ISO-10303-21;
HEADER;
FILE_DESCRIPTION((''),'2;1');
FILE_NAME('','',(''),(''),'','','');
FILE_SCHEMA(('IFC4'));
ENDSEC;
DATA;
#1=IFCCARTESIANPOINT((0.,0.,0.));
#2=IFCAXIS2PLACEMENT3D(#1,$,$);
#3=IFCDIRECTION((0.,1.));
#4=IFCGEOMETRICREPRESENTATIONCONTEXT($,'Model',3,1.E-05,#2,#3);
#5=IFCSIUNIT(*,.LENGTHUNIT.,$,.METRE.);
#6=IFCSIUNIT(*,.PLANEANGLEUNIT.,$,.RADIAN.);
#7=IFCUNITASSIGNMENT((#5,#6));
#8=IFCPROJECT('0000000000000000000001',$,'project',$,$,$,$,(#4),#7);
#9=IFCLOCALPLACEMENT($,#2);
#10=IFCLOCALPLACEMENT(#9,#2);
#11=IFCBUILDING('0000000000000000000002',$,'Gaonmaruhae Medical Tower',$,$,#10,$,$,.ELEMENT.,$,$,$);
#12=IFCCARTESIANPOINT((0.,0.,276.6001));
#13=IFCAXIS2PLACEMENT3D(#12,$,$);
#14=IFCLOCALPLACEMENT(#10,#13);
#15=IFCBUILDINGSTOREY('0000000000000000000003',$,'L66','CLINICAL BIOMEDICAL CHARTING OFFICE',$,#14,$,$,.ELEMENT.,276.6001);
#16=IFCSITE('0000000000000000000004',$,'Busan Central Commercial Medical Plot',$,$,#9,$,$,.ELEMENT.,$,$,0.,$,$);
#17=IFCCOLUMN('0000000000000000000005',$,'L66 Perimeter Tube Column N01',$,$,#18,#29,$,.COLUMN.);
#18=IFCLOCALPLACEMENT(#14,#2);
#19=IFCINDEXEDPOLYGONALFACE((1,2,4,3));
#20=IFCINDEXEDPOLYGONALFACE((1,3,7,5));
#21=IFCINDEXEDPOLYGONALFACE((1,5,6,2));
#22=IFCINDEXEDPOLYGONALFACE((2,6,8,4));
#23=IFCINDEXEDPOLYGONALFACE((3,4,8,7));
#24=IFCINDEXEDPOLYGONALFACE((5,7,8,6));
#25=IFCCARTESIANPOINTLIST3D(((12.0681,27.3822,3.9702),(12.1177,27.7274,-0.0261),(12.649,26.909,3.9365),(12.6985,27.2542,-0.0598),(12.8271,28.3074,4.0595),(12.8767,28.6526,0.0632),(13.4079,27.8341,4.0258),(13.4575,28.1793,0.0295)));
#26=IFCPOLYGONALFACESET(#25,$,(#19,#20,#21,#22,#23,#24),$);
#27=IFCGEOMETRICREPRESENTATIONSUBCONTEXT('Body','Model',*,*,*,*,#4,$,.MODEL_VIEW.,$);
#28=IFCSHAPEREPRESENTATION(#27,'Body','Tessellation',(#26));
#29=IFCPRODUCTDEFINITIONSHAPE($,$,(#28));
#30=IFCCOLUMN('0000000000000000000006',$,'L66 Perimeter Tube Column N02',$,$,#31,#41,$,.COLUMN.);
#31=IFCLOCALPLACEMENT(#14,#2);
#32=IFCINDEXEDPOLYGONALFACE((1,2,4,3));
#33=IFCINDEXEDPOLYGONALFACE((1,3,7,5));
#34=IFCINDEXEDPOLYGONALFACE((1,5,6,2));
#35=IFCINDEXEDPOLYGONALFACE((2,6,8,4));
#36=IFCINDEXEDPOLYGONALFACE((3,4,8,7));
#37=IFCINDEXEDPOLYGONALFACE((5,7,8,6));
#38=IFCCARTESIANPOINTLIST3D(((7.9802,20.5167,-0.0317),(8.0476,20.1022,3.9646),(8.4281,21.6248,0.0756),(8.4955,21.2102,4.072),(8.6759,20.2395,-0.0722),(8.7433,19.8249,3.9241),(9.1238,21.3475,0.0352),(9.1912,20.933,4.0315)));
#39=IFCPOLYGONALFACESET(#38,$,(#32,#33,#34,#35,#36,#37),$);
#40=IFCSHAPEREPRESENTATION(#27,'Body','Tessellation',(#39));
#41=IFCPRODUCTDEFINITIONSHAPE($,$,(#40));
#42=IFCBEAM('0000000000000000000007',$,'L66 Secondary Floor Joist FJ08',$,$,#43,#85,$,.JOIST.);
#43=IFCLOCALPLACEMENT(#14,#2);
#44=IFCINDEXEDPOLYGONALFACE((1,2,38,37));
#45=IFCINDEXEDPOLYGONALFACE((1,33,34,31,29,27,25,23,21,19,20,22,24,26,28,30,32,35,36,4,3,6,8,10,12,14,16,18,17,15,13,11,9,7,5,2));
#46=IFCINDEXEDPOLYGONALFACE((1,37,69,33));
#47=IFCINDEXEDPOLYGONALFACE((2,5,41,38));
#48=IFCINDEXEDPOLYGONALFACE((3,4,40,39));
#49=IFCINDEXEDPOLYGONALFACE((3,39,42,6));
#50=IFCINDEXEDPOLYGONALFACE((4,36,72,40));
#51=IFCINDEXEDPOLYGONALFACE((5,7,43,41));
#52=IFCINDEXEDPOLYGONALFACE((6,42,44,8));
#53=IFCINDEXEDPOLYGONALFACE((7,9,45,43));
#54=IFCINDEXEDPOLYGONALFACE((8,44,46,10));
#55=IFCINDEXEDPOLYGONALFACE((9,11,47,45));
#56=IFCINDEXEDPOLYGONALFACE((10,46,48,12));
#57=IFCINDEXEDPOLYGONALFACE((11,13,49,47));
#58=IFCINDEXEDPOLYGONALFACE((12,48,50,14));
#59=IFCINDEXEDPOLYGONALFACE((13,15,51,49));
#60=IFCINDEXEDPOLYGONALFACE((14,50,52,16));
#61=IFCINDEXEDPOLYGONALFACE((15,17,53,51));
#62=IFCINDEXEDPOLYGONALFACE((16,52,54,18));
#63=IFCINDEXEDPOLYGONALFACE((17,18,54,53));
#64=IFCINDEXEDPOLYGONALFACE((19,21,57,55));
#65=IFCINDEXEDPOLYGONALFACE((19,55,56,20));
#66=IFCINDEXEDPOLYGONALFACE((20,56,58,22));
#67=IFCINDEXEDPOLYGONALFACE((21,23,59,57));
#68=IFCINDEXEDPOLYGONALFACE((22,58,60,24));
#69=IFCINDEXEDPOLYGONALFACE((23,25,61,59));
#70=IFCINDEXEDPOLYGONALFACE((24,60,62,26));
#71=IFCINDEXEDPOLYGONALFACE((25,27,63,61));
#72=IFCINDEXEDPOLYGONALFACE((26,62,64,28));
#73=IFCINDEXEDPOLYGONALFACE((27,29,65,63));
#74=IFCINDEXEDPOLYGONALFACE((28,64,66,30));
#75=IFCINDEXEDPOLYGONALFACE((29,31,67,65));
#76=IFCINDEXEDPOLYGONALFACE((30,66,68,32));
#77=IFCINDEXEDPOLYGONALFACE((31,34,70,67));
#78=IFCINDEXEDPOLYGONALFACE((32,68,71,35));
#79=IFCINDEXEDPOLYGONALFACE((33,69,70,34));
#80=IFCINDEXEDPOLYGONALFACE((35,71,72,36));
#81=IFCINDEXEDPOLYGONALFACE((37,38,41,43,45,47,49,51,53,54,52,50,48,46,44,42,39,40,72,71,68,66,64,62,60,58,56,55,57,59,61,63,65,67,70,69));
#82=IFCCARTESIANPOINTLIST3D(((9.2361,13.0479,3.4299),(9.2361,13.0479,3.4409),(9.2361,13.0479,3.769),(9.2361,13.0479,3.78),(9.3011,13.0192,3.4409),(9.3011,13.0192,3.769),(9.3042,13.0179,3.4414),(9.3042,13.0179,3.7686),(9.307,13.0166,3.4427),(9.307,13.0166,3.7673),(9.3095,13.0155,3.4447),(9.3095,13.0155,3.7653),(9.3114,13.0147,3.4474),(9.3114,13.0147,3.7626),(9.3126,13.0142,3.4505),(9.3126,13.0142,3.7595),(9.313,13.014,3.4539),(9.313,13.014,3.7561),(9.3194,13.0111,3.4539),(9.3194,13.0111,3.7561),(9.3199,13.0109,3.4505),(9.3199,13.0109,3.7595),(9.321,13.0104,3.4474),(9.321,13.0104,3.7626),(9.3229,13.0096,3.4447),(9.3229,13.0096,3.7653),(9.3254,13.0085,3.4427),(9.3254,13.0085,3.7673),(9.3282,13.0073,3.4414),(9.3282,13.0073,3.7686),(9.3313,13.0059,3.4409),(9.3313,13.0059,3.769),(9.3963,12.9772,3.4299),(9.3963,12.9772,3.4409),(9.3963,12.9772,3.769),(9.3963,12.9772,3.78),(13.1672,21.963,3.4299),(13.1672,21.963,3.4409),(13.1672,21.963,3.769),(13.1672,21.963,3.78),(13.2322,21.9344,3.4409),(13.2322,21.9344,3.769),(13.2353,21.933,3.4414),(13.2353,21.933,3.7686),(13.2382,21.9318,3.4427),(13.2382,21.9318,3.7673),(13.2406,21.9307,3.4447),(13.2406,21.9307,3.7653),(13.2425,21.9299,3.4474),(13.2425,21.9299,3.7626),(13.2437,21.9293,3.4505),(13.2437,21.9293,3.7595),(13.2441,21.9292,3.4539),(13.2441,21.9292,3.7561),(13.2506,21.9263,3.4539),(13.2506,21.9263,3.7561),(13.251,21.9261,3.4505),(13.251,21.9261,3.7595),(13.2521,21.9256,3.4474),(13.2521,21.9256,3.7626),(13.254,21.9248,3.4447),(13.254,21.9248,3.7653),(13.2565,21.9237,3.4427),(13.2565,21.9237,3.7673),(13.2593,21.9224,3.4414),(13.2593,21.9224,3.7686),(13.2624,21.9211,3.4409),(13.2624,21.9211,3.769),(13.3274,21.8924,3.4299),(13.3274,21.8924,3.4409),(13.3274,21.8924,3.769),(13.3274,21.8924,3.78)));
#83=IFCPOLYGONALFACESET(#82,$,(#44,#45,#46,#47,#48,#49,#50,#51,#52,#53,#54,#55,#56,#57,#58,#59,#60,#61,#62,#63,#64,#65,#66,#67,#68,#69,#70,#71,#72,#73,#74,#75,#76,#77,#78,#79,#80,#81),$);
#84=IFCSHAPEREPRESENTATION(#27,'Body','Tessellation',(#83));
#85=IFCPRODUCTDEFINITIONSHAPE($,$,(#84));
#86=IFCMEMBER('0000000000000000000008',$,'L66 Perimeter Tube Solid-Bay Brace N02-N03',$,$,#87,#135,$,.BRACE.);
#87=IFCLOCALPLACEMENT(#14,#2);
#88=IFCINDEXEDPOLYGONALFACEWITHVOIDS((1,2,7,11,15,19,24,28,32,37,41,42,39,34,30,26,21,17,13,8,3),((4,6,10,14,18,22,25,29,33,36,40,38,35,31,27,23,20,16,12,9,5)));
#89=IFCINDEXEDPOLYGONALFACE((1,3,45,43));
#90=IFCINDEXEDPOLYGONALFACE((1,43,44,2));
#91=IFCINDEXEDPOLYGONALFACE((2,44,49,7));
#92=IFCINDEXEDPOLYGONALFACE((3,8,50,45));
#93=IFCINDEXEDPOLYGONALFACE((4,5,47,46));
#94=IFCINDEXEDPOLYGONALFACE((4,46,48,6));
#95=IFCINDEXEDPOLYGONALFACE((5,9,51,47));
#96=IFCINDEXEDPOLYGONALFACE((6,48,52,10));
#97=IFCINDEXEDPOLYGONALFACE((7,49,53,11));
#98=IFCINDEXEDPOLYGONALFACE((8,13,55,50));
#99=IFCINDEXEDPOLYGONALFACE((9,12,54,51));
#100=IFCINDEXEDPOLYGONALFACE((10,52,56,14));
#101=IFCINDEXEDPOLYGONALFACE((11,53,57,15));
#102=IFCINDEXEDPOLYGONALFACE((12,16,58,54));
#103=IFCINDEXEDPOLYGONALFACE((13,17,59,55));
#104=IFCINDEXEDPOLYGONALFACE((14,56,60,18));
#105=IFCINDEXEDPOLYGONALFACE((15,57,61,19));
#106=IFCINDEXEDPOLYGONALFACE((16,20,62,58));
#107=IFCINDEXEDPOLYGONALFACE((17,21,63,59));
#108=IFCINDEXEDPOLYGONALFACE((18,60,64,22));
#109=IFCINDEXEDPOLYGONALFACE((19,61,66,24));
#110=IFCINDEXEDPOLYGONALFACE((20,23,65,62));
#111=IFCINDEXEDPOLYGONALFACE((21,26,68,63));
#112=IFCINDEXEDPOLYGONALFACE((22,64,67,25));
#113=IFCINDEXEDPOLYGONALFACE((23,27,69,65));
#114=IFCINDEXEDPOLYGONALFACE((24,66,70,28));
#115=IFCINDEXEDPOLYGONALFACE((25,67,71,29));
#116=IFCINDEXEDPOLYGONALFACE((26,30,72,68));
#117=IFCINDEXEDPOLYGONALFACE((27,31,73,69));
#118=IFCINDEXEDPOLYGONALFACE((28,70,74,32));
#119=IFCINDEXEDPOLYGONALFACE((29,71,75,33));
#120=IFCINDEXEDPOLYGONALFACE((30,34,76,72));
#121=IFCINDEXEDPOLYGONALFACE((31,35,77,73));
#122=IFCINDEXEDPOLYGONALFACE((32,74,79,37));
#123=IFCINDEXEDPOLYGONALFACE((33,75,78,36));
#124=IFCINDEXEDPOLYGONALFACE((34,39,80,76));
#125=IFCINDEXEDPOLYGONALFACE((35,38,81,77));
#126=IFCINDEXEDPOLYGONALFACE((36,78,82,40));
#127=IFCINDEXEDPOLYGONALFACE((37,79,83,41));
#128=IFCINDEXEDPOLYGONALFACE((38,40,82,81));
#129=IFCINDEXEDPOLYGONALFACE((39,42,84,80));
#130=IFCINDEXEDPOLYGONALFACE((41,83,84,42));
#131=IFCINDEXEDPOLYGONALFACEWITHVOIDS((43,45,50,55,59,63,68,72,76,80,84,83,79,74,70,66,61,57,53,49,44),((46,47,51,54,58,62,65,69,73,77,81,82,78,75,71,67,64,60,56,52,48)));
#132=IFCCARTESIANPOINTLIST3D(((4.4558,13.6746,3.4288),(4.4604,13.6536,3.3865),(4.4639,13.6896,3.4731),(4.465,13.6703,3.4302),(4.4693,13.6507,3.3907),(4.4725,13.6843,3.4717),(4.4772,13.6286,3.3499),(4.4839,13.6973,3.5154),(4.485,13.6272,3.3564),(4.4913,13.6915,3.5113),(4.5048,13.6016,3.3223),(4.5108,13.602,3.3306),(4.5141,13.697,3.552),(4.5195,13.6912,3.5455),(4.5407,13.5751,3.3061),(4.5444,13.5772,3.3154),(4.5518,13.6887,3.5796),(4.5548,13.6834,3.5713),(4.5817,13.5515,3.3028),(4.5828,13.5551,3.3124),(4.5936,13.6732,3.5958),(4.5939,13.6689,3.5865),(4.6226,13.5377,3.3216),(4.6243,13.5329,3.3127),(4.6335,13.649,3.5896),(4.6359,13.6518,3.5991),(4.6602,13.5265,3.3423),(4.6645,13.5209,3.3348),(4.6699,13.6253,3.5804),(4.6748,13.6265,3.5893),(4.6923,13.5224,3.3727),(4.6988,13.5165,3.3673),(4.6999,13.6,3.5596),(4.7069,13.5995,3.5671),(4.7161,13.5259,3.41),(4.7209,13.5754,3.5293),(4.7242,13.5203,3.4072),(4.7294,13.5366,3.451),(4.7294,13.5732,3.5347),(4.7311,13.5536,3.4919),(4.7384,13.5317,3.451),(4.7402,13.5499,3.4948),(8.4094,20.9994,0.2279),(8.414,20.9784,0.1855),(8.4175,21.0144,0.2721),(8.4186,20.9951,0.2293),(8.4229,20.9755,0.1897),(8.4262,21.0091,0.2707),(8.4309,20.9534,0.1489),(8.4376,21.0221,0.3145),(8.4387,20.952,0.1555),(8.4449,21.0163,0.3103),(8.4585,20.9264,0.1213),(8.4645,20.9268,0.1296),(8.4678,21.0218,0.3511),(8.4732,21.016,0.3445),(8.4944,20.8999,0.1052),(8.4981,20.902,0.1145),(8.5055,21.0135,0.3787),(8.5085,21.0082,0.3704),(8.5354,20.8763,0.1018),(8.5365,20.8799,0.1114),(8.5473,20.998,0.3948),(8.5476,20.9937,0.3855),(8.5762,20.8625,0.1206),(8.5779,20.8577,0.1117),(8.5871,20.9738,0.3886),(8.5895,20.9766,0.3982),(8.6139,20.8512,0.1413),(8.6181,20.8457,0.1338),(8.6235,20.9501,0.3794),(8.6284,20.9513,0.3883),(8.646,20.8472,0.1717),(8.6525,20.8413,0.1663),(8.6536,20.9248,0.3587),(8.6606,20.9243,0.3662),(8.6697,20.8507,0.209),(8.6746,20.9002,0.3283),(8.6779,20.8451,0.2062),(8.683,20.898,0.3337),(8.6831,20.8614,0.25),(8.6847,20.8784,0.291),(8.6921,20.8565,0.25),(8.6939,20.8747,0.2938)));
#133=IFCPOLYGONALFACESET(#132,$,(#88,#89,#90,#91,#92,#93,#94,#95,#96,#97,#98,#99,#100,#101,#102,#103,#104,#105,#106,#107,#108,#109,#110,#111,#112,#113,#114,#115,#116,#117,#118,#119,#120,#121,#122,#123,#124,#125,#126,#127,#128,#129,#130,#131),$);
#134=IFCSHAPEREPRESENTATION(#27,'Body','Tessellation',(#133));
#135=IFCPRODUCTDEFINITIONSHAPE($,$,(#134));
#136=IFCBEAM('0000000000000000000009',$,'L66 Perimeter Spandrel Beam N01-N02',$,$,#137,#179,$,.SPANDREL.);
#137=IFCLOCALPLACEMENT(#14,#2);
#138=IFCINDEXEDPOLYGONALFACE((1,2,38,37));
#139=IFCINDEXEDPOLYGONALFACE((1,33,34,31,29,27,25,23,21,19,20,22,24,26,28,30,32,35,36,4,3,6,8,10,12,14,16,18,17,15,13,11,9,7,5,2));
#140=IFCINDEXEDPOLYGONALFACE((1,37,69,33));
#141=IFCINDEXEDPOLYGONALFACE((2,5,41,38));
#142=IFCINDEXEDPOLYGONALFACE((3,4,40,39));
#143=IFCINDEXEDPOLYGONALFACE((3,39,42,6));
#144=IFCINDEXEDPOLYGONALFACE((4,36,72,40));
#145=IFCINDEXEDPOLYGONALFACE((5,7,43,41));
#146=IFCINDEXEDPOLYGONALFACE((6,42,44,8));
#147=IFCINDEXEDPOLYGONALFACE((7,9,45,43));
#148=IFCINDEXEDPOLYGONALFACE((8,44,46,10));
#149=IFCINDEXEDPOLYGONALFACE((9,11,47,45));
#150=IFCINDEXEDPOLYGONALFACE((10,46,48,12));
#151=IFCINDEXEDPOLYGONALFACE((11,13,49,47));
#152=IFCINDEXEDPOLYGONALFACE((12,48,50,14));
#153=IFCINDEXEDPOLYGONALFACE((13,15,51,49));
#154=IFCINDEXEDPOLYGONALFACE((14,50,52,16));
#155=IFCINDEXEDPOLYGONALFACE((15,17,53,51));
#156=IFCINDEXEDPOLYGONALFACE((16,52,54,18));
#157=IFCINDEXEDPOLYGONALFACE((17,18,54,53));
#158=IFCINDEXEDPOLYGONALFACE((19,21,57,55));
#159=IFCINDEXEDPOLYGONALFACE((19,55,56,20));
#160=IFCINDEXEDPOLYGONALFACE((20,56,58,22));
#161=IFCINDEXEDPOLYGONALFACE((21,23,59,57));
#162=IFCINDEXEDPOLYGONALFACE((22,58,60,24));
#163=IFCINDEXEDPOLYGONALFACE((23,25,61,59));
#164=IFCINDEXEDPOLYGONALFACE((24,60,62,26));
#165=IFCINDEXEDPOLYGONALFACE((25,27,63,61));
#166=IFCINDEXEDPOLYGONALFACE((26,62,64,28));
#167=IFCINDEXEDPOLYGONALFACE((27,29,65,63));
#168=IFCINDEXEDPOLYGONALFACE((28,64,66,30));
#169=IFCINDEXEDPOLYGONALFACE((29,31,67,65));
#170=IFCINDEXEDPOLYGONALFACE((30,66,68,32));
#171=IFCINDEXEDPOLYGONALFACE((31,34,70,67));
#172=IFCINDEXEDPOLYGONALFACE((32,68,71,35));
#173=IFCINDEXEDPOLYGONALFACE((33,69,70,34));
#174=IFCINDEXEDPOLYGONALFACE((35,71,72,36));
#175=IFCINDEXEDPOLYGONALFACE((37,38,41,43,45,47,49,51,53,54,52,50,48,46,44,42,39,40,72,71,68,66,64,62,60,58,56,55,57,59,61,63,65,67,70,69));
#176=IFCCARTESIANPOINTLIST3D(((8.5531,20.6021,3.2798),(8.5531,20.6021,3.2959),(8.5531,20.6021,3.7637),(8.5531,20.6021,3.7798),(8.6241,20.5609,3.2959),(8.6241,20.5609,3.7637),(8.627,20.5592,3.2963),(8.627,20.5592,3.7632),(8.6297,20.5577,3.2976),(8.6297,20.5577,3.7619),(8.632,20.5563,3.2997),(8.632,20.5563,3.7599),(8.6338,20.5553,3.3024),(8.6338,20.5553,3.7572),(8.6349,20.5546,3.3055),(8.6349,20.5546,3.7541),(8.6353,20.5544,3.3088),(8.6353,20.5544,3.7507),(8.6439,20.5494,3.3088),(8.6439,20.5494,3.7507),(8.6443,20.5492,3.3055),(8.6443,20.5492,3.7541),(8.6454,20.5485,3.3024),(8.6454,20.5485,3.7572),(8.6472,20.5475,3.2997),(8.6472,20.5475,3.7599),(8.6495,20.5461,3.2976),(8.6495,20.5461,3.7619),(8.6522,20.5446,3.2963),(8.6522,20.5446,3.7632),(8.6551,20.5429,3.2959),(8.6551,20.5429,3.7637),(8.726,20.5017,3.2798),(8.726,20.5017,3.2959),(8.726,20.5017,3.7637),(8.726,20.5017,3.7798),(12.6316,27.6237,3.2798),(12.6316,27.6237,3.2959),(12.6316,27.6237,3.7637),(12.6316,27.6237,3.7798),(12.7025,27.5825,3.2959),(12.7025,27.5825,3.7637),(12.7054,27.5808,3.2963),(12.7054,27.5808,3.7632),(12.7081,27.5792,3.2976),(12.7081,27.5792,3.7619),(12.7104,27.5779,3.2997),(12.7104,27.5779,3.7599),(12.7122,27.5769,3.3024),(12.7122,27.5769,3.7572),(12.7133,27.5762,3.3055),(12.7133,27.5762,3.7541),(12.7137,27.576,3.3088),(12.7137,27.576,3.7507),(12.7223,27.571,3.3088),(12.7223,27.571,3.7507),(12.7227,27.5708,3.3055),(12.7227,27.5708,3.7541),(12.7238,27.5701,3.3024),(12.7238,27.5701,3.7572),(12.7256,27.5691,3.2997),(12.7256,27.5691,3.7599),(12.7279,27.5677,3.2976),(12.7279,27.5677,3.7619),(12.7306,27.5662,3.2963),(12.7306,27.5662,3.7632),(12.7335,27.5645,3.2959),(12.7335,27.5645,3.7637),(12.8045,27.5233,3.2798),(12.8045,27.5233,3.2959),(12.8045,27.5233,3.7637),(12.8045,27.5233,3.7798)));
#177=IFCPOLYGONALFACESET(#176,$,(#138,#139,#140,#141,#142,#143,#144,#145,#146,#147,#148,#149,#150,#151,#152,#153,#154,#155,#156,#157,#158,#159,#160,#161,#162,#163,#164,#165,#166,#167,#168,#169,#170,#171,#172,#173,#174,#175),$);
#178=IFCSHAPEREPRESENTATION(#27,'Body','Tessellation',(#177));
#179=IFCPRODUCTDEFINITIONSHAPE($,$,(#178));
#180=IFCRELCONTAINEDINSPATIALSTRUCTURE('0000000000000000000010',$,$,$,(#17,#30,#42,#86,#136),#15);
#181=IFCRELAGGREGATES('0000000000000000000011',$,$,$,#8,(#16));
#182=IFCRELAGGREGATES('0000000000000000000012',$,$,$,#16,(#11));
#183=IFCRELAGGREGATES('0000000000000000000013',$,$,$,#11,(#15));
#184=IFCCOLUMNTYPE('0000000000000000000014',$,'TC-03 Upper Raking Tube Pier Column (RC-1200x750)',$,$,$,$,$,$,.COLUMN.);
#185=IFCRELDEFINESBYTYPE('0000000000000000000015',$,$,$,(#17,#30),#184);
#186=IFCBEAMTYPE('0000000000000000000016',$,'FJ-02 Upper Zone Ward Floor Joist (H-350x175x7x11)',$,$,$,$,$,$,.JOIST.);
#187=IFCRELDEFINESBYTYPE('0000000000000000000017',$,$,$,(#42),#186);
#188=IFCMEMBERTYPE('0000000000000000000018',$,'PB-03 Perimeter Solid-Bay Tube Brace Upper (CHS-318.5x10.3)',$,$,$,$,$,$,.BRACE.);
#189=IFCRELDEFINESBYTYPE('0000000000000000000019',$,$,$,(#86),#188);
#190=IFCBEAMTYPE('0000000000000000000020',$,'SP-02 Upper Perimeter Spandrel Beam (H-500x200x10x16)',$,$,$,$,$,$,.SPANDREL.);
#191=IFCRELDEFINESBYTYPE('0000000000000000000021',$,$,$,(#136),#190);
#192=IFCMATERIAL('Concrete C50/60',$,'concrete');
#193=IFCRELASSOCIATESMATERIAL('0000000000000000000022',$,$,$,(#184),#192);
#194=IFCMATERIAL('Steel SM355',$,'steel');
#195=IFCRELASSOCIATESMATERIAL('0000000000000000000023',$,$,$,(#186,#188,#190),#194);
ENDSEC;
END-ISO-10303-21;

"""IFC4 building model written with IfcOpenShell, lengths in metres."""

from ifc_helpers import new_model, si_unit, direction, frame, origin, origin_2d, place, context, subcontext, project, spatial, rectangle, hollow_circle, i_section, extrude, material, material_profile, profile_set, type_object, element, save


model = new_model("IFC4")

# Units and contexts
model_context = context("Model", 3, precision=1e-05, world=origin(), true_north=direction((0.0, 1.0)))
body_context = subcontext(model_context, "Body", "Model", "MODEL_VIEW")
ifc_project = project(units=[si_unit("LENGTHUNIT", "METRE"), si_unit("PLANEANGLEUNIT", "RADIAN")], contexts=[model_context])

# Site, building, storey
site_placement = place(None, origin())
site = spatial("IfcSite", under=ifc_project, at=site_placement, Name="Busan Central Commercial Medical Plot", CompositionType="ELEMENT", RefElevation=0.0)
building_placement = place(site_placement, origin())
building = spatial("IfcBuilding", under=site, at=building_placement, Name="Gaonmaruhae Medical Tower", CompositionType="ELEMENT")
storey_placement = place(building_placement, frame((0.0, 0.0, 276.6001)))
storey = spatial("IfcBuildingStorey", under=building, at=storey_placement, Name="L66", Description="CLINICAL BIOMEDICAL CHARTING OFFICE", CompositionType="ELEMENT", Elevation=276.6001)

# Columns
ifc_material_1 = material(Name="Concrete C50/60", Category="concrete")
ifc_material_profile_1 = material_profile(ifc_material_1, rectangle(XDim=1.2, YDim=0.75, at=origin_2d()), Name="RC-1200x750")
ifc_profile_set_1 = profile_set([ifc_material_profile_1], Name="Concrete C50/60")
column_type = type_object("IfcColumnType", Name="TC-03 Upper Raking Tube Pier Column (RC-1200x750)", PredefinedType="COLUMN", material=ifc_profile_set_1)
column_1_placement = place(storey_placement, frame((12.7876, 27.9534, 0.0017), z_axis=(-0.012355, -0.086056, 0.996214), x_axis=(0.632512, 0.770965, 0.074442)))
element("IfcColumn", 1, at=column_1_placement, inside=storey, type_object=column_type, Name="L66 Perimeter Tube Column N01", PredefinedType="COLUMN", context=body_context, shape_type="SweptSolid", body=[
    extrude(rectangle(XDim=1.2, YDim=0.75, at=origin_2d()), origin(), (0.0, 0.0, 1.0), 4.0115),
])
column_2_placement = place(storey_placement, frame((8.552, 20.9321, 0.0017), z_axis=(0.016769, -0.103165, 0.994523), x_axis=(0.373216, 0.923418, 0.089496)))
element("IfcColumn", 2, at=column_2_placement, inside=storey, type_object=column_type, Name="L66 Perimeter Tube Column N02", PredefinedType="COLUMN", context=body_context, shape_type="SweptSolid", body=[
    extrude(rectangle(XDim=1.2, YDim=0.75, at=origin_2d()), origin(), (0.0, 0.0, 1.0), 4.0183),
])

# Beam
ifc_material_2 = material(Name="Steel SM355", Category="steel")
ifc_material_profile_2 = material_profile(ifc_material_2, i_section(OverallWidth=0.175, OverallDepth=0.3501, WebThickness=0.0071, FlangeThickness=0.011, FilletRadius=0.0129, at=origin_2d()), Name="H-350x175x7x11")
ifc_profile_set_2 = profile_set([ifc_material_profile_2], Name="Steel SM355")
beam_type_1 = type_object("IfcBeamType", Name="FJ-02 Upper Zone Ward Floor Joist (H-350x175x7x11)", PredefinedType="JOIST", material=ifc_profile_set_2)
beam_1_placement = place(storey_placement, frame((13.2473, 21.9277, 3.605), z_axis=(-0.403463, -0.914996, 0.0), x_axis=(0.914996, -0.403463, 0.0)))
element("IfcBeam", 3, at=beam_1_placement, inside=storey, type_object=beam_type_1, Name="L66 Secondary Floor Joist FJ08", PredefinedType="JOIST", context=body_context, shape_type="SweptSolid", body=[
    extrude(i_section(OverallWidth=0.175, OverallDepth=0.3501, WebThickness=0.0071, FlangeThickness=0.011, FilletRadius=0.0129, at=origin_2d()), origin(), (0.0, 0.0, 1.0), 9.7434),
])

# Member
ifc_material_profile_3 = material_profile(ifc_material_2, hollow_circle(Radius=0.1592, WallThickness=0.0103, at=origin_2d()), Name="CHS-318.5x10.3")
ifc_profile_set_3 = profile_set([ifc_material_profile_3], Name="Steel SM355")
member_type = type_object("IfcMemberType", Name="PB-03 Perimeter Solid-Bay Tube Brace Upper (CHS-318.5x10.3)", PredefinedType="BRACE", material=ifc_profile_set_3)
member_placement = place(storey_placement, frame((8.552, 20.9321, 0.25), z_axis=(-0.443336, -0.821352, 0.358934), x_axis=(0.879992, -0.474988, 0.0)))
element("IfcMember", 4, at=member_placement, inside=storey, type_object=member_type, Name="L66 Perimeter Tube Solid-Bay Brace N02-N03", PredefinedType="BRACE", context=body_context, shape_type="SweptSolid", body=[
    extrude(hollow_circle(Radius=0.1592, WallThickness=0.0103, at=origin_2d()), origin(), (0.0, 0.0, 1.0), 8.918),
])

# Beam
ifc_material_profile_4 = material_profile(ifc_material_2, i_section(OverallWidth=0.2, OverallDepth=0.5, WebThickness=0.01, FlangeThickness=0.0161, FilletRadius=0.0129, at=origin_2d()), Name="H-500x200x10x16")
ifc_profile_set_4 = profile_set([ifc_material_profile_4], Name="Steel SM355")
beam_type_2 = type_object("IfcBeamType", Name="SP-02 Upper Perimeter Spandrel Beam (H-500x200x10x16)", PredefinedType="SPANDREL", material=ifc_profile_set_4)
beam_2_placement = place(storey_placement, frame((12.718, 27.5735, 3.5298), z_axis=(-0.502262, -0.864715, 0.0), x_axis=(0.864715, -0.502262, 0.0)))
element("IfcBeam", 5, at=beam_2_placement, inside=storey, type_object=beam_type_2, Name="L66 Perimeter Spandrel Beam N01-N02", PredefinedType="SPANDREL", context=body_context, shape_type="SweptSolid", body=[
    extrude(i_section(OverallWidth=0.2, OverallDepth=0.5, WebThickness=0.01, FlangeThickness=0.0161, FilletRadius=0.0129, at=origin_2d()), origin(), (0.0, 0.0, 1.0), 8.1201),
])

save(model, "model.ifc")
